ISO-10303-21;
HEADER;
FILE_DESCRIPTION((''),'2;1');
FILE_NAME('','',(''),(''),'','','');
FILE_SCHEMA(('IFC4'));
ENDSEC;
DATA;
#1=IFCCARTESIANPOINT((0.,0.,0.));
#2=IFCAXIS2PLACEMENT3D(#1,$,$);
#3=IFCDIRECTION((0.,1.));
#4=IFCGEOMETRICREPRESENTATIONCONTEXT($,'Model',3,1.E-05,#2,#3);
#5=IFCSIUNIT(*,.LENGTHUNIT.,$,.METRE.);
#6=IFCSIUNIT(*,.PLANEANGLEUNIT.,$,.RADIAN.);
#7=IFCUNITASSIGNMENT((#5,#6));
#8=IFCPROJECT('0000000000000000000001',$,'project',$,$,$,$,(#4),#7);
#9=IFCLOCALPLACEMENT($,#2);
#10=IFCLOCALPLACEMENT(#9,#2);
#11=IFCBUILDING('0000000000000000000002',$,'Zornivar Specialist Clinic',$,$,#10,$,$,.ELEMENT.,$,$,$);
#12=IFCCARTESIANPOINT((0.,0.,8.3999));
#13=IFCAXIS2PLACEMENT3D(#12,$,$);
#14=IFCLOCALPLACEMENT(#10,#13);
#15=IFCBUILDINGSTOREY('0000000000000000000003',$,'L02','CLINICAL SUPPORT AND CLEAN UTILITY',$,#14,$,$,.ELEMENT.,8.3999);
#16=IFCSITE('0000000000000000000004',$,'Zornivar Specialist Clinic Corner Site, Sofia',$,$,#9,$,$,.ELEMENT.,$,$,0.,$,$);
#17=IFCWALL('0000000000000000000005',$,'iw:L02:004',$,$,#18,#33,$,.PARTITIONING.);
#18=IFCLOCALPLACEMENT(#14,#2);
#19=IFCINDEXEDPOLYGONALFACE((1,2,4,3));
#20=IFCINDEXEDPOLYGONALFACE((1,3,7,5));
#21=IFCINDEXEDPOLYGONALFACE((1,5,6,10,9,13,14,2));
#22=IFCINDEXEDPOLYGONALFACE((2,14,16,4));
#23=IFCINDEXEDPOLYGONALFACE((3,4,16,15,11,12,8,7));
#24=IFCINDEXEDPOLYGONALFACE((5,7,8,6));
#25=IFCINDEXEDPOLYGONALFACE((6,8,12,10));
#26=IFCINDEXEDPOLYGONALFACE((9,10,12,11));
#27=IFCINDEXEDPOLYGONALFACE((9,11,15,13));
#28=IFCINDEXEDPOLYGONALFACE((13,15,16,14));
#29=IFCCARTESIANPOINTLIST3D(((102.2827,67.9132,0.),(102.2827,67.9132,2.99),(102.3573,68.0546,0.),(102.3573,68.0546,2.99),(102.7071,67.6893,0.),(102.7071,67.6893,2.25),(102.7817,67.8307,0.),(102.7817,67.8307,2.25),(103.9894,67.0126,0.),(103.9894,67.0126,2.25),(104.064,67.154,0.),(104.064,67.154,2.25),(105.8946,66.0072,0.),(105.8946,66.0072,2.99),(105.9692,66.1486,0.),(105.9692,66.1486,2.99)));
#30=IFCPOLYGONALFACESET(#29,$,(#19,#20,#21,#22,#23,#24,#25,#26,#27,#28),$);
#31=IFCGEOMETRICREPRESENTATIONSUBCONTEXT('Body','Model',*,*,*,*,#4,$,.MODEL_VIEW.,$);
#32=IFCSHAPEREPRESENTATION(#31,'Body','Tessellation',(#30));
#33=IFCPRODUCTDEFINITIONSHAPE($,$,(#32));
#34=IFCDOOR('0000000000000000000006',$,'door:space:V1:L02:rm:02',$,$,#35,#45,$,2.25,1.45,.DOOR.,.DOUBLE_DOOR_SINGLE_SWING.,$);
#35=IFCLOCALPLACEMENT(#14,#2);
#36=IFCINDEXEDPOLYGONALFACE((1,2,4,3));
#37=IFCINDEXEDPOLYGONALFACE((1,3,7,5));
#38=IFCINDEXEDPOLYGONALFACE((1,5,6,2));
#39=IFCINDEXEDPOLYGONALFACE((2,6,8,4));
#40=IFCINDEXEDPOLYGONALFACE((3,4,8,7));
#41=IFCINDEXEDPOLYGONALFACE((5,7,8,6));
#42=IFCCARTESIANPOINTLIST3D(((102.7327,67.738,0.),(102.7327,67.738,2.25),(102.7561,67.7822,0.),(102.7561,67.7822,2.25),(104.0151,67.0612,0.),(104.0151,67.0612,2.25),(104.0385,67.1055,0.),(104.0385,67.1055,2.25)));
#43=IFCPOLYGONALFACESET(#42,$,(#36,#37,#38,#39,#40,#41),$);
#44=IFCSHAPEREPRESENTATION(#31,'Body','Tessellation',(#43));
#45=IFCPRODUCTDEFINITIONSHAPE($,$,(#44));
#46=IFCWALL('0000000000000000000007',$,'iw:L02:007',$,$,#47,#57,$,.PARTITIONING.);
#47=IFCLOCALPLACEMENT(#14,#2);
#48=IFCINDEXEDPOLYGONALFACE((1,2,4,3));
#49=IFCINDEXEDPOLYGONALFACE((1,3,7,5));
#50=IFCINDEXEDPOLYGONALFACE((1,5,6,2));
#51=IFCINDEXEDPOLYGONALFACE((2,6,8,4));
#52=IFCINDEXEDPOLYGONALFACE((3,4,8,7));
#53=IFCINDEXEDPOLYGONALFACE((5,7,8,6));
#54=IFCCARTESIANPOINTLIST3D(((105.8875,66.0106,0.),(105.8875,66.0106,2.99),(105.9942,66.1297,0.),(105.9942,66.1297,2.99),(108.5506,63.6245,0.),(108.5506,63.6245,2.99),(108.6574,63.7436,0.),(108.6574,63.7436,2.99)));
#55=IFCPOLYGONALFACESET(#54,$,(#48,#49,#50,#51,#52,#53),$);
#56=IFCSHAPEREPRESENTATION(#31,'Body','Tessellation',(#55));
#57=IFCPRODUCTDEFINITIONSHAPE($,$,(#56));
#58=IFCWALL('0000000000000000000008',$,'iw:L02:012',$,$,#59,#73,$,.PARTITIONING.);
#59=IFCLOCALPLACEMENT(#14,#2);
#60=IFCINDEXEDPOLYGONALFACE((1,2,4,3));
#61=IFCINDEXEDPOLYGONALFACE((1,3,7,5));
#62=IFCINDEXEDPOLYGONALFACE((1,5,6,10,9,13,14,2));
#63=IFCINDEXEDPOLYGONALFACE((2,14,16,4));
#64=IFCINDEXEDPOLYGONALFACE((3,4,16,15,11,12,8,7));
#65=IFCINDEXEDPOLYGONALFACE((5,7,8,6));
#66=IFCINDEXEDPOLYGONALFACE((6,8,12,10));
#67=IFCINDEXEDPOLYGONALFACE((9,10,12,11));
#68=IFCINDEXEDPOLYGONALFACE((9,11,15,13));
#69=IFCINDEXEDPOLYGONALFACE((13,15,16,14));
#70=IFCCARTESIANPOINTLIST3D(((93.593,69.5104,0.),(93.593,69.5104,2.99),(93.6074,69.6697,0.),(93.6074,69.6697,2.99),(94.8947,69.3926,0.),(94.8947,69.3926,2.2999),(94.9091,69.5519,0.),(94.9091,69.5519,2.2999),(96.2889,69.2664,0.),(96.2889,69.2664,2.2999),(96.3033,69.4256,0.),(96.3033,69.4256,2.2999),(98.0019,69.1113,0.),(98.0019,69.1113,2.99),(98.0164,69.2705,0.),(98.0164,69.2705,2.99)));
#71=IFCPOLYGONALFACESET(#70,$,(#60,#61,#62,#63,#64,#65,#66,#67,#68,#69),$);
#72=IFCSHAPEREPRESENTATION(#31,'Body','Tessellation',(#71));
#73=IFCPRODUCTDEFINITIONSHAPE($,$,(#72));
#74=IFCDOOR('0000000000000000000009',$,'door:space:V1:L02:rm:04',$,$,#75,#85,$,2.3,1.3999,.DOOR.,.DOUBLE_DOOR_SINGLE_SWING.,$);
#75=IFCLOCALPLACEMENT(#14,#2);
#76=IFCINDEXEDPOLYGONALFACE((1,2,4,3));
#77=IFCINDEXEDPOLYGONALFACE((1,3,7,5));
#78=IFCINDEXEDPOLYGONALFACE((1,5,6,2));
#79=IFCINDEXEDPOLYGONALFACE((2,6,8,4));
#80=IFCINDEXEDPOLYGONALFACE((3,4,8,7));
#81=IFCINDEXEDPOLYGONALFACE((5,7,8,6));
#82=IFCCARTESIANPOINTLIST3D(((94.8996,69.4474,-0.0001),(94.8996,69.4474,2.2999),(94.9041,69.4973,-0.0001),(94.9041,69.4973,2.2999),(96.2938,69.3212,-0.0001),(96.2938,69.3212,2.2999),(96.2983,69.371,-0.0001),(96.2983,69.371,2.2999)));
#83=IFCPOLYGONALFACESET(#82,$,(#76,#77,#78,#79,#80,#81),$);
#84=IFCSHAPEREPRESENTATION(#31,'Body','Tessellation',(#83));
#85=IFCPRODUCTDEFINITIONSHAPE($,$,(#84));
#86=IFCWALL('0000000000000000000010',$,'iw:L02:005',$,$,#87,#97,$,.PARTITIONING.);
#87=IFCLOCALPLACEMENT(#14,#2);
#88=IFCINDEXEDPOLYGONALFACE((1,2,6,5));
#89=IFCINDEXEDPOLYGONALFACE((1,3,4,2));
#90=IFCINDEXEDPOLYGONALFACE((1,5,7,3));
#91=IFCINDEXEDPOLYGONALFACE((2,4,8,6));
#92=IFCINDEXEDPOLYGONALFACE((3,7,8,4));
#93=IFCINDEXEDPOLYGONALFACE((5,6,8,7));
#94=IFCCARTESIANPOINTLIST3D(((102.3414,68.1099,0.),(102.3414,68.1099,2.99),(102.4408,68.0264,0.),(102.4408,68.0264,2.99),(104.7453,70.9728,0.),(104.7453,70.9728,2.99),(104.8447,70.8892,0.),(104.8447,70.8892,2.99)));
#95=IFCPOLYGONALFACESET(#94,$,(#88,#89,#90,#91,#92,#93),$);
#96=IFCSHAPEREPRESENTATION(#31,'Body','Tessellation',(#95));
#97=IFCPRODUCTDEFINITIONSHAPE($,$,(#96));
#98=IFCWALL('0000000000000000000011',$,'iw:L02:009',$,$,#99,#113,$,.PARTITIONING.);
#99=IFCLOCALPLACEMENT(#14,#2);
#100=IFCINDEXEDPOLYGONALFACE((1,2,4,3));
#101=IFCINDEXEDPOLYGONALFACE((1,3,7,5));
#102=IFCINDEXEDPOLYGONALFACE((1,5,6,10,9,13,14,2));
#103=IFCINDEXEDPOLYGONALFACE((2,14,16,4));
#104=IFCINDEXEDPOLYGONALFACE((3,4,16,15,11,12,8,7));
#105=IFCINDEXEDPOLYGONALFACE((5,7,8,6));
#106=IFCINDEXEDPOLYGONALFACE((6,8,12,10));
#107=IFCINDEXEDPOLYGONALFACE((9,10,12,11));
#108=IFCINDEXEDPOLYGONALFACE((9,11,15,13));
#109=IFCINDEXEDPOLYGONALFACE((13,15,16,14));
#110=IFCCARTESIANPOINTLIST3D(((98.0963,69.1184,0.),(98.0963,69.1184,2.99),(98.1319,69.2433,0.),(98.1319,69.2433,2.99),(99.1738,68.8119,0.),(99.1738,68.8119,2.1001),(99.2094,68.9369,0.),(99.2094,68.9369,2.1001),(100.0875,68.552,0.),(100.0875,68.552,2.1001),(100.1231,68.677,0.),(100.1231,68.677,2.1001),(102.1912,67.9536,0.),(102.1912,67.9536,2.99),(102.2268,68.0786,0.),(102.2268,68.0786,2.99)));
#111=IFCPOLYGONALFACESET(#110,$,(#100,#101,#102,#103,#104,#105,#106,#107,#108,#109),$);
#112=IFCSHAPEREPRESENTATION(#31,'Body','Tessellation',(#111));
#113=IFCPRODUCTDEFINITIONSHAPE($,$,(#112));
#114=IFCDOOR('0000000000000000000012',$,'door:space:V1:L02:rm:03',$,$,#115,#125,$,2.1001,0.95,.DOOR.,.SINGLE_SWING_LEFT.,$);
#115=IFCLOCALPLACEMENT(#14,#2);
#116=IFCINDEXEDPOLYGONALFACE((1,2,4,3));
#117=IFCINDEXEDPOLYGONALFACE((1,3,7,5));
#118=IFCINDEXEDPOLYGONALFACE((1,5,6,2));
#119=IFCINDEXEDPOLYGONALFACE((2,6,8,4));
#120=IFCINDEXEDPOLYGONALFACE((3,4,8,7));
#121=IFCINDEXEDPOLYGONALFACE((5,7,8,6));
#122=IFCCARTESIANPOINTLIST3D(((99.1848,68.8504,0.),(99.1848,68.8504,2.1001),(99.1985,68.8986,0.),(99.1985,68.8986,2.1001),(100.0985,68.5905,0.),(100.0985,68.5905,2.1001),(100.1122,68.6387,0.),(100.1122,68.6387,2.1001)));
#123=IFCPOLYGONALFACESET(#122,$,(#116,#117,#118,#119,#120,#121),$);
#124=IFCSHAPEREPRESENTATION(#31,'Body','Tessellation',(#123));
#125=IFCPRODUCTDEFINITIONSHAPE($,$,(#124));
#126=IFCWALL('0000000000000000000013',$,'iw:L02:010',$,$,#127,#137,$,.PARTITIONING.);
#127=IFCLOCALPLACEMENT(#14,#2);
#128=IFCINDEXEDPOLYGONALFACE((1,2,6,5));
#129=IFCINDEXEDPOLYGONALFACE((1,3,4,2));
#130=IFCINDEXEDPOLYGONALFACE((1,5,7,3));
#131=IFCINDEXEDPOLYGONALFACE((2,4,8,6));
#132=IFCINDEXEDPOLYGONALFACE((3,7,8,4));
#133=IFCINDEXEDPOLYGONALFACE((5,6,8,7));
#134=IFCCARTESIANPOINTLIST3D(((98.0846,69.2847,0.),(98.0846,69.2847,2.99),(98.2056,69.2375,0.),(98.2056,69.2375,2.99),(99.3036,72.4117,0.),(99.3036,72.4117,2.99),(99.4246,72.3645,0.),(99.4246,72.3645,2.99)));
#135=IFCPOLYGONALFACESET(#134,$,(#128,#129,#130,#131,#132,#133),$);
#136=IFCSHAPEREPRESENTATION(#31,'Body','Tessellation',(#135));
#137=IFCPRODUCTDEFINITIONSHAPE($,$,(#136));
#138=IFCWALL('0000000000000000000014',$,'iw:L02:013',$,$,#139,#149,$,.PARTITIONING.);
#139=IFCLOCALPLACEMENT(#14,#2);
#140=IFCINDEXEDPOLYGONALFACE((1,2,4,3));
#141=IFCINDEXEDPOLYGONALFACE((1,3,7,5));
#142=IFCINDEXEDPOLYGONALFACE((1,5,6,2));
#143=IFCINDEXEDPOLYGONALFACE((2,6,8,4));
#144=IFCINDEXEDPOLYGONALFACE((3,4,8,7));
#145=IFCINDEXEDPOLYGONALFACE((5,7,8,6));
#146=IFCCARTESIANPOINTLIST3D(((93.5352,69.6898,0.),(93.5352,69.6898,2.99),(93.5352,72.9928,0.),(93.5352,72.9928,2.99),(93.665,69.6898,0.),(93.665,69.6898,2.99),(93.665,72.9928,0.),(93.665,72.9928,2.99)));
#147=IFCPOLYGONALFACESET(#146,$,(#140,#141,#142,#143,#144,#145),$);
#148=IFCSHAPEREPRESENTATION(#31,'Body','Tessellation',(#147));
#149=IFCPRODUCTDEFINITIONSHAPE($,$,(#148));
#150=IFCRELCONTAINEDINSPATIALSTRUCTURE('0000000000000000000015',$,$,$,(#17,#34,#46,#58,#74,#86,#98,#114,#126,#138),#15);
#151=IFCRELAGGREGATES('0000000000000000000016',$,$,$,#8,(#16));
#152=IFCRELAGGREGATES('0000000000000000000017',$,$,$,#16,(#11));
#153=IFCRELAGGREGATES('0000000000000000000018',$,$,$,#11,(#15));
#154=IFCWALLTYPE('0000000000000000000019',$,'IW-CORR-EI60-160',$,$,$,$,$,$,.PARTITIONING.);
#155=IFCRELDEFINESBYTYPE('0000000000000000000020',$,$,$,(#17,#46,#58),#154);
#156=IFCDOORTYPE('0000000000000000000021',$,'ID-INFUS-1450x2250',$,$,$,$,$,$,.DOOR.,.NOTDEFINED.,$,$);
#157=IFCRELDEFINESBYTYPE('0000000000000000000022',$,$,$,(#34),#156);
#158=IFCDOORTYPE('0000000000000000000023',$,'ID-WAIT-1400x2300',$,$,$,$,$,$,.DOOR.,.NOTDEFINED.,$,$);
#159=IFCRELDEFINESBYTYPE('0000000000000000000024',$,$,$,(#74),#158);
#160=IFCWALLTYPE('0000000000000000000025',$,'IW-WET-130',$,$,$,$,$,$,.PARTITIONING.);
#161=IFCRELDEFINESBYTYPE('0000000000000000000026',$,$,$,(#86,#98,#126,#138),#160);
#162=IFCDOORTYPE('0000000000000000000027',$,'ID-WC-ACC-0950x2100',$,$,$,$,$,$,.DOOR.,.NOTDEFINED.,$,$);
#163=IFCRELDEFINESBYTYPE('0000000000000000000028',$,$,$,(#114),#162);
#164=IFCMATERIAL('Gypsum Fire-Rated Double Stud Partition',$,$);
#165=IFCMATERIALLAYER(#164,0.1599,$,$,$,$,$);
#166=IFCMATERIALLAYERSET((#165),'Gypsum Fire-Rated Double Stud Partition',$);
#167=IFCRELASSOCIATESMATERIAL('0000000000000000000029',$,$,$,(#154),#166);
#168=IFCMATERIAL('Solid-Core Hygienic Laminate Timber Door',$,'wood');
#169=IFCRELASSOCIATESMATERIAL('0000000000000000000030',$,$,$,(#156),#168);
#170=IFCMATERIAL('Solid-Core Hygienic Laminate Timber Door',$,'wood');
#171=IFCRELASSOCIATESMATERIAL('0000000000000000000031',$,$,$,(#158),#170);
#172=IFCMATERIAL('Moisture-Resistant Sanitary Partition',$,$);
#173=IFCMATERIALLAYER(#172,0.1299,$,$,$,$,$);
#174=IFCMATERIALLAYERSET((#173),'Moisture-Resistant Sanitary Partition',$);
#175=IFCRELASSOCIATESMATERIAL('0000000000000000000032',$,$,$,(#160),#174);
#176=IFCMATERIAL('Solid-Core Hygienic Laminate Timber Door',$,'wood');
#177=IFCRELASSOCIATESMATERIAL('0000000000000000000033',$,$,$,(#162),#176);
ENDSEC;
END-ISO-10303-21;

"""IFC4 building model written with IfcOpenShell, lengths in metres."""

from ifc_helpers import new_model, si_unit, direction, frame, frame_2d, origin, place, context, subcontext, project, spatial, rectangle, extrude, material, layer, layer_set, type_object, element, fill, save


model = new_model("IFC4")

# Units and contexts
model_context = context("Model", 3, precision=1e-05, world=origin(), true_north=direction((0.0, 1.0)))
body_context = subcontext(model_context, "Body", "Model", "MODEL_VIEW")
ifc_project = project(units=[si_unit("LENGTHUNIT", "METRE"), si_unit("PLANEANGLEUNIT", "RADIAN")], contexts=[model_context])

# Site, building, storey
site_placement = place(None, origin())
site = spatial("IfcSite", under=ifc_project, at=site_placement, Name="Zornivar Specialist Clinic Corner Site, Sofia", CompositionType="ELEMENT", RefElevation=0.0)
building_placement = place(site_placement, origin())
building = spatial("IfcBuilding", under=site, at=building_placement, Name="Zornivar Specialist Clinic", CompositionType="ELEMENT")
storey_placement = place(building_placement, frame((0.0, 0.0, 8.3999)))
storey = spatial("IfcBuildingStorey", under=building, at=storey_placement, Name="L02", Description="CLINICAL SUPPORT AND CLEAN UTILITY", CompositionType="ELEMENT", Elevation=8.3999)

# Wall, opening, door
ifc_material_1 = material(Name="Gypsum Fire-Rated Double Stud Partition")
ifc_layer_1 = layer(ifc_material_1, 0.1599)
ifc_layer_set_1 = layer_set([ifc_layer_1], Name="Gypsum Fire-Rated Double Stud Partition")
wall_type_1 = type_object("IfcWallType", Name="IW-CORR-EI60-160", PredefinedType="PARTITIONING", material=ifc_layer_set_1)
wall_1_placement = place(storey_placement, frame((105.9319, 66.0779, 0.0), z_axis=(0.0, 0.0, 1.0), x_axis=(-0.884408, 0.466714, 0.0)))
wall_1 = element("IfcWall", 1, at=wall_1_placement, inside=storey, type_object=wall_type_1, Name="iw:L02:004", PredefinedType="PARTITIONING", context=body_context, shape_type="SweptSolid", body=[
    extrude(rectangle(XDim=4.084, YDim=0.1599, at=frame_2d((2.042, 0.0))), origin(), (0.0, 0.0, 1.0), 2.99),
])
opening_1_placement = place(wall_1_placement, frame((2.1541, 0.0, 0.0)))
opening_1 = element("IfcOpeningElement", 2, at=opening_1_placement, cuts=wall_1, PredefinedType="OPENING", context=body_context, shape_type="SweptSolid", body=[
    extrude(rectangle(XDim=1.45, YDim=2.25, at=frame_2d((0.7251, 1.125))), frame((0.0, 0.0898, 0.0), z_axis=(0.0, -1.0, 0.0), x_axis=(1.0, 0.0, 0.0)), (0.0, 0.0, 1.0), 0.1799),
])
ifc_material_2 = material(Name="Solid-Core Hygienic Laminate Timber Door", Category="wood")
door_type_1 = type_object("IfcDoorType", Name="ID-INFUS-1450x2250", OperationType="NOTDEFINED", PredefinedType="DOOR", material=ifc_material_2)
door_1_placement = place(opening_1_placement, origin())
door_1 = element("IfcDoor", 3, at=door_1_placement, inside=storey, type_object=door_type_1, Name="door:space:V1:L02:rm:02", OperationType="DOUBLE_DOOR_SINGLE_SWING", OverallHeight=2.25, OverallWidth=1.45, PredefinedType="DOOR", context=body_context, shape_type="SweptSolid", body=[
    extrude(rectangle(XDim=1.45, YDim=2.25, at=frame_2d((0.7251, 1.125))), frame((0.0, 0.0249, 0.0), z_axis=(0.0, -1.0, 0.0), x_axis=(1.0, 0.0, 0.0)), (0.0, 0.0, 1.0), 0.05),
])
fill(opening_1, door_1)

# Wall
wall_2_placement = place(storey_placement, frame((108.604, 63.6841, 0.0), z_axis=(0.0, 0.0, 1.0), x_axis=(-0.744793, 0.667296, 0.0)))
element("IfcWall", 4, at=wall_2_placement, inside=storey, type_object=wall_type_1, Name="iw:L02:007", PredefinedType="PARTITIONING", context=body_context, shape_type="SweptSolid", body=[
    extrude(rectangle(XDim=3.5757, YDim=0.1599, at=frame_2d((1.7878, 0.0))), origin(), (0.0, 0.0, 1.0), 2.99),
])

# Wall, opening, door
wall_3_placement = place(storey_placement, frame((98.009, 69.1909, 0.0), z_axis=(0.0, 0.0, 1.0), x_axis=(-0.995927, 0.090168, 0.0)))
wall_3 = element("IfcWall", 5, at=wall_3_placement, inside=storey, type_object=wall_type_1, Name="iw:L02:012", PredefinedType="PARTITIONING", context=body_context, shape_type="SweptSolid", body=[
    extrude(rectangle(XDim=4.427, YDim=0.1599, at=frame_2d((2.2134, 0.0))), origin(), (0.0, 0.0, 1.0), 2.99),
])
opening_2_placement = place(wall_3_placement, frame((1.72, 0.0, 0.0)))
opening_2 = element("IfcOpeningElement", 6, at=opening_2_placement, cuts=wall_3, PredefinedType="OPENING", context=body_context, shape_type="SweptSolid", body=[
    extrude(rectangle(XDim=1.3999, YDim=2.3, at=frame_2d((0.7, 1.1499))), frame((0.0, 0.0898, 0.0), z_axis=(0.0, -1.0, 0.0), x_axis=(1.0, 0.0, 0.0)), (0.0, 0.0, 1.0), 0.1799),
])
ifc_material_3 = material(Name="Solid-Core Hygienic Laminate Timber Door", Category="wood")
door_type_2 = type_object("IfcDoorType", Name="ID-WAIT-1400x2300", OperationType="NOTDEFINED", PredefinedType="DOOR", material=ifc_material_3)
door_2_placement = place(opening_2_placement, origin())
door_2 = element("IfcDoor", 7, at=door_2_placement, inside=storey, type_object=door_type_2, Name="door:space:V1:L02:rm:04", OperationType="DOUBLE_DOOR_SINGLE_SWING", OverallHeight=2.3, OverallWidth=1.3999, PredefinedType="DOOR", context=body_context, shape_type="SweptSolid", body=[
    extrude(rectangle(XDim=1.3999, YDim=2.3, at=frame_2d((0.7, 1.1499))), frame((0.0, 0.0249, 0.0), z_axis=(0.0, -1.0, 0.0), x_axis=(1.0, 0.0, 0.0)), (0.0, 0.0, 1.0), 0.05),
])
fill(opening_2, door_2)

# Wall
ifc_material_4 = material(Name="Moisture-Resistant Sanitary Partition")
ifc_layer_2 = layer(ifc_material_4, 0.1299)
ifc_layer_set_2 = layer_set([ifc_layer_2], Name="Moisture-Resistant Sanitary Partition")
wall_type_2 = type_object("IfcWallType", Name="IW-WET-130", PredefinedType="PARTITIONING", material=ifc_layer_set_2)
wall_4_placement = place(storey_placement, frame((102.3911, 68.0681, 0.0), z_axis=(0.0, 0.0, 1.0), x_axis=(0.643045, 0.765828, 0.0)))
element("IfcWall", 8, at=wall_4_placement, inside=storey, type_object=wall_type_2, Name="iw:L02:005", PredefinedType="PARTITIONING", context=body_context, shape_type="SweptSolid", body=[
    extrude(rectangle(XDim=3.7383, YDim=0.1299, at=frame_2d((1.8691, 0.0))), origin(), (0.0, 0.0, 1.0), 2.99),
])

# Wall, opening, door
wall_5_placement = place(storey_placement, frame((102.209, 68.0161, 0.0), z_axis=(0.0, 0.0, 1.0), x_axis=(-0.961846, 0.273592, 0.0)))
wall_5 = element("IfcWall", 9, at=wall_5_placement, inside=storey, type_object=wall_type_2, Name="iw:L02:009", PredefinedType="PARTITIONING", context=body_context, shape_type="SweptSolid", body=[
    extrude(rectangle(XDim=4.2573, YDim=0.1299, at=frame_2d((2.1287, 0.0))), origin(), (0.0, 0.0, 1.0), 2.99),
])
opening_3_placement = place(wall_5_placement, frame((2.187, 0.0, 0.0)))
opening_3 = element("IfcOpeningElement", 10, at=opening_3_placement, cuts=wall_5, PredefinedType="OPENING", context=body_context, shape_type="SweptSolid", body=[
    extrude(rectangle(XDim=0.95, YDim=2.1001, at=frame_2d((0.4751, 1.05))), frame((0.0, 0.075, 0.0), z_axis=(0.0, -1.0, 0.0), x_axis=(1.0, 0.0, 0.0)), (0.0, 0.0, 1.0), 0.1499),
])
ifc_material_5 = material(Name="Solid-Core Hygienic Laminate Timber Door", Category="wood")
door_type_3 = type_object("IfcDoorType", Name="ID-WC-ACC-0950x2100", OperationType="NOTDEFINED", PredefinedType="DOOR", material=ifc_material_5)
door_3_placement = place(opening_3_placement, origin())
door_3 = element("IfcDoor", 11, at=door_3_placement, inside=storey, type_object=door_type_3, Name="door:space:V1:L02:rm:03", OperationType="SINGLE_SWING_LEFT", OverallHeight=2.1001, OverallWidth=0.95, PredefinedType="DOOR", context=body_context, shape_type="SweptSolid", body=[
    extrude(rectangle(XDim=0.95, YDim=2.1001, at=frame_2d((0.4751, 1.05))), frame((0.0, 0.0249, 0.0), z_axis=(0.0, -1.0, 0.0), x_axis=(1.0, 0.0, 0.0)), (0.0, 0.0, 1.0), 0.05),
])
fill(opening_3, door_3)

# Walls
wall_6_placement = place(storey_placement, frame((98.145, 69.261, 0.0), z_axis=(0.0, 0.0, 1.0), x_axis=(0.363211, 0.931707, 0.0)))
element("IfcWall", 12, at=wall_6_placement, inside=storey, type_object=wall_type_2, Name="iw:L02:010", PredefinedType="PARTITIONING", context=body_context, shape_type="SweptSolid", body=[
    extrude(rectangle(XDim=3.3562, YDim=0.1299, at=frame_2d((1.6782, 0.0))), origin(), (0.0, 0.0, 1.0), 2.99),
])
wall_7_placement = place(storey_placement, frame((93.6001, 69.6899, 0.0), z_axis=(0.0, 0.0, 1.0), x_axis=(0.0, 1.0, 0.0)))
element("IfcWall", 13, at=wall_7_placement, inside=storey, type_object=wall_type_2, Name="iw:L02:013", PredefinedType="PARTITIONING", context=body_context, shape_type="SweptSolid", body=[
    extrude(rectangle(XDim=3.303, YDim=0.1299, at=frame_2d((1.6514, 0.0))), origin(), (0.0, 0.0, 1.0), 2.99),
])

save(model, "model.ifc")
